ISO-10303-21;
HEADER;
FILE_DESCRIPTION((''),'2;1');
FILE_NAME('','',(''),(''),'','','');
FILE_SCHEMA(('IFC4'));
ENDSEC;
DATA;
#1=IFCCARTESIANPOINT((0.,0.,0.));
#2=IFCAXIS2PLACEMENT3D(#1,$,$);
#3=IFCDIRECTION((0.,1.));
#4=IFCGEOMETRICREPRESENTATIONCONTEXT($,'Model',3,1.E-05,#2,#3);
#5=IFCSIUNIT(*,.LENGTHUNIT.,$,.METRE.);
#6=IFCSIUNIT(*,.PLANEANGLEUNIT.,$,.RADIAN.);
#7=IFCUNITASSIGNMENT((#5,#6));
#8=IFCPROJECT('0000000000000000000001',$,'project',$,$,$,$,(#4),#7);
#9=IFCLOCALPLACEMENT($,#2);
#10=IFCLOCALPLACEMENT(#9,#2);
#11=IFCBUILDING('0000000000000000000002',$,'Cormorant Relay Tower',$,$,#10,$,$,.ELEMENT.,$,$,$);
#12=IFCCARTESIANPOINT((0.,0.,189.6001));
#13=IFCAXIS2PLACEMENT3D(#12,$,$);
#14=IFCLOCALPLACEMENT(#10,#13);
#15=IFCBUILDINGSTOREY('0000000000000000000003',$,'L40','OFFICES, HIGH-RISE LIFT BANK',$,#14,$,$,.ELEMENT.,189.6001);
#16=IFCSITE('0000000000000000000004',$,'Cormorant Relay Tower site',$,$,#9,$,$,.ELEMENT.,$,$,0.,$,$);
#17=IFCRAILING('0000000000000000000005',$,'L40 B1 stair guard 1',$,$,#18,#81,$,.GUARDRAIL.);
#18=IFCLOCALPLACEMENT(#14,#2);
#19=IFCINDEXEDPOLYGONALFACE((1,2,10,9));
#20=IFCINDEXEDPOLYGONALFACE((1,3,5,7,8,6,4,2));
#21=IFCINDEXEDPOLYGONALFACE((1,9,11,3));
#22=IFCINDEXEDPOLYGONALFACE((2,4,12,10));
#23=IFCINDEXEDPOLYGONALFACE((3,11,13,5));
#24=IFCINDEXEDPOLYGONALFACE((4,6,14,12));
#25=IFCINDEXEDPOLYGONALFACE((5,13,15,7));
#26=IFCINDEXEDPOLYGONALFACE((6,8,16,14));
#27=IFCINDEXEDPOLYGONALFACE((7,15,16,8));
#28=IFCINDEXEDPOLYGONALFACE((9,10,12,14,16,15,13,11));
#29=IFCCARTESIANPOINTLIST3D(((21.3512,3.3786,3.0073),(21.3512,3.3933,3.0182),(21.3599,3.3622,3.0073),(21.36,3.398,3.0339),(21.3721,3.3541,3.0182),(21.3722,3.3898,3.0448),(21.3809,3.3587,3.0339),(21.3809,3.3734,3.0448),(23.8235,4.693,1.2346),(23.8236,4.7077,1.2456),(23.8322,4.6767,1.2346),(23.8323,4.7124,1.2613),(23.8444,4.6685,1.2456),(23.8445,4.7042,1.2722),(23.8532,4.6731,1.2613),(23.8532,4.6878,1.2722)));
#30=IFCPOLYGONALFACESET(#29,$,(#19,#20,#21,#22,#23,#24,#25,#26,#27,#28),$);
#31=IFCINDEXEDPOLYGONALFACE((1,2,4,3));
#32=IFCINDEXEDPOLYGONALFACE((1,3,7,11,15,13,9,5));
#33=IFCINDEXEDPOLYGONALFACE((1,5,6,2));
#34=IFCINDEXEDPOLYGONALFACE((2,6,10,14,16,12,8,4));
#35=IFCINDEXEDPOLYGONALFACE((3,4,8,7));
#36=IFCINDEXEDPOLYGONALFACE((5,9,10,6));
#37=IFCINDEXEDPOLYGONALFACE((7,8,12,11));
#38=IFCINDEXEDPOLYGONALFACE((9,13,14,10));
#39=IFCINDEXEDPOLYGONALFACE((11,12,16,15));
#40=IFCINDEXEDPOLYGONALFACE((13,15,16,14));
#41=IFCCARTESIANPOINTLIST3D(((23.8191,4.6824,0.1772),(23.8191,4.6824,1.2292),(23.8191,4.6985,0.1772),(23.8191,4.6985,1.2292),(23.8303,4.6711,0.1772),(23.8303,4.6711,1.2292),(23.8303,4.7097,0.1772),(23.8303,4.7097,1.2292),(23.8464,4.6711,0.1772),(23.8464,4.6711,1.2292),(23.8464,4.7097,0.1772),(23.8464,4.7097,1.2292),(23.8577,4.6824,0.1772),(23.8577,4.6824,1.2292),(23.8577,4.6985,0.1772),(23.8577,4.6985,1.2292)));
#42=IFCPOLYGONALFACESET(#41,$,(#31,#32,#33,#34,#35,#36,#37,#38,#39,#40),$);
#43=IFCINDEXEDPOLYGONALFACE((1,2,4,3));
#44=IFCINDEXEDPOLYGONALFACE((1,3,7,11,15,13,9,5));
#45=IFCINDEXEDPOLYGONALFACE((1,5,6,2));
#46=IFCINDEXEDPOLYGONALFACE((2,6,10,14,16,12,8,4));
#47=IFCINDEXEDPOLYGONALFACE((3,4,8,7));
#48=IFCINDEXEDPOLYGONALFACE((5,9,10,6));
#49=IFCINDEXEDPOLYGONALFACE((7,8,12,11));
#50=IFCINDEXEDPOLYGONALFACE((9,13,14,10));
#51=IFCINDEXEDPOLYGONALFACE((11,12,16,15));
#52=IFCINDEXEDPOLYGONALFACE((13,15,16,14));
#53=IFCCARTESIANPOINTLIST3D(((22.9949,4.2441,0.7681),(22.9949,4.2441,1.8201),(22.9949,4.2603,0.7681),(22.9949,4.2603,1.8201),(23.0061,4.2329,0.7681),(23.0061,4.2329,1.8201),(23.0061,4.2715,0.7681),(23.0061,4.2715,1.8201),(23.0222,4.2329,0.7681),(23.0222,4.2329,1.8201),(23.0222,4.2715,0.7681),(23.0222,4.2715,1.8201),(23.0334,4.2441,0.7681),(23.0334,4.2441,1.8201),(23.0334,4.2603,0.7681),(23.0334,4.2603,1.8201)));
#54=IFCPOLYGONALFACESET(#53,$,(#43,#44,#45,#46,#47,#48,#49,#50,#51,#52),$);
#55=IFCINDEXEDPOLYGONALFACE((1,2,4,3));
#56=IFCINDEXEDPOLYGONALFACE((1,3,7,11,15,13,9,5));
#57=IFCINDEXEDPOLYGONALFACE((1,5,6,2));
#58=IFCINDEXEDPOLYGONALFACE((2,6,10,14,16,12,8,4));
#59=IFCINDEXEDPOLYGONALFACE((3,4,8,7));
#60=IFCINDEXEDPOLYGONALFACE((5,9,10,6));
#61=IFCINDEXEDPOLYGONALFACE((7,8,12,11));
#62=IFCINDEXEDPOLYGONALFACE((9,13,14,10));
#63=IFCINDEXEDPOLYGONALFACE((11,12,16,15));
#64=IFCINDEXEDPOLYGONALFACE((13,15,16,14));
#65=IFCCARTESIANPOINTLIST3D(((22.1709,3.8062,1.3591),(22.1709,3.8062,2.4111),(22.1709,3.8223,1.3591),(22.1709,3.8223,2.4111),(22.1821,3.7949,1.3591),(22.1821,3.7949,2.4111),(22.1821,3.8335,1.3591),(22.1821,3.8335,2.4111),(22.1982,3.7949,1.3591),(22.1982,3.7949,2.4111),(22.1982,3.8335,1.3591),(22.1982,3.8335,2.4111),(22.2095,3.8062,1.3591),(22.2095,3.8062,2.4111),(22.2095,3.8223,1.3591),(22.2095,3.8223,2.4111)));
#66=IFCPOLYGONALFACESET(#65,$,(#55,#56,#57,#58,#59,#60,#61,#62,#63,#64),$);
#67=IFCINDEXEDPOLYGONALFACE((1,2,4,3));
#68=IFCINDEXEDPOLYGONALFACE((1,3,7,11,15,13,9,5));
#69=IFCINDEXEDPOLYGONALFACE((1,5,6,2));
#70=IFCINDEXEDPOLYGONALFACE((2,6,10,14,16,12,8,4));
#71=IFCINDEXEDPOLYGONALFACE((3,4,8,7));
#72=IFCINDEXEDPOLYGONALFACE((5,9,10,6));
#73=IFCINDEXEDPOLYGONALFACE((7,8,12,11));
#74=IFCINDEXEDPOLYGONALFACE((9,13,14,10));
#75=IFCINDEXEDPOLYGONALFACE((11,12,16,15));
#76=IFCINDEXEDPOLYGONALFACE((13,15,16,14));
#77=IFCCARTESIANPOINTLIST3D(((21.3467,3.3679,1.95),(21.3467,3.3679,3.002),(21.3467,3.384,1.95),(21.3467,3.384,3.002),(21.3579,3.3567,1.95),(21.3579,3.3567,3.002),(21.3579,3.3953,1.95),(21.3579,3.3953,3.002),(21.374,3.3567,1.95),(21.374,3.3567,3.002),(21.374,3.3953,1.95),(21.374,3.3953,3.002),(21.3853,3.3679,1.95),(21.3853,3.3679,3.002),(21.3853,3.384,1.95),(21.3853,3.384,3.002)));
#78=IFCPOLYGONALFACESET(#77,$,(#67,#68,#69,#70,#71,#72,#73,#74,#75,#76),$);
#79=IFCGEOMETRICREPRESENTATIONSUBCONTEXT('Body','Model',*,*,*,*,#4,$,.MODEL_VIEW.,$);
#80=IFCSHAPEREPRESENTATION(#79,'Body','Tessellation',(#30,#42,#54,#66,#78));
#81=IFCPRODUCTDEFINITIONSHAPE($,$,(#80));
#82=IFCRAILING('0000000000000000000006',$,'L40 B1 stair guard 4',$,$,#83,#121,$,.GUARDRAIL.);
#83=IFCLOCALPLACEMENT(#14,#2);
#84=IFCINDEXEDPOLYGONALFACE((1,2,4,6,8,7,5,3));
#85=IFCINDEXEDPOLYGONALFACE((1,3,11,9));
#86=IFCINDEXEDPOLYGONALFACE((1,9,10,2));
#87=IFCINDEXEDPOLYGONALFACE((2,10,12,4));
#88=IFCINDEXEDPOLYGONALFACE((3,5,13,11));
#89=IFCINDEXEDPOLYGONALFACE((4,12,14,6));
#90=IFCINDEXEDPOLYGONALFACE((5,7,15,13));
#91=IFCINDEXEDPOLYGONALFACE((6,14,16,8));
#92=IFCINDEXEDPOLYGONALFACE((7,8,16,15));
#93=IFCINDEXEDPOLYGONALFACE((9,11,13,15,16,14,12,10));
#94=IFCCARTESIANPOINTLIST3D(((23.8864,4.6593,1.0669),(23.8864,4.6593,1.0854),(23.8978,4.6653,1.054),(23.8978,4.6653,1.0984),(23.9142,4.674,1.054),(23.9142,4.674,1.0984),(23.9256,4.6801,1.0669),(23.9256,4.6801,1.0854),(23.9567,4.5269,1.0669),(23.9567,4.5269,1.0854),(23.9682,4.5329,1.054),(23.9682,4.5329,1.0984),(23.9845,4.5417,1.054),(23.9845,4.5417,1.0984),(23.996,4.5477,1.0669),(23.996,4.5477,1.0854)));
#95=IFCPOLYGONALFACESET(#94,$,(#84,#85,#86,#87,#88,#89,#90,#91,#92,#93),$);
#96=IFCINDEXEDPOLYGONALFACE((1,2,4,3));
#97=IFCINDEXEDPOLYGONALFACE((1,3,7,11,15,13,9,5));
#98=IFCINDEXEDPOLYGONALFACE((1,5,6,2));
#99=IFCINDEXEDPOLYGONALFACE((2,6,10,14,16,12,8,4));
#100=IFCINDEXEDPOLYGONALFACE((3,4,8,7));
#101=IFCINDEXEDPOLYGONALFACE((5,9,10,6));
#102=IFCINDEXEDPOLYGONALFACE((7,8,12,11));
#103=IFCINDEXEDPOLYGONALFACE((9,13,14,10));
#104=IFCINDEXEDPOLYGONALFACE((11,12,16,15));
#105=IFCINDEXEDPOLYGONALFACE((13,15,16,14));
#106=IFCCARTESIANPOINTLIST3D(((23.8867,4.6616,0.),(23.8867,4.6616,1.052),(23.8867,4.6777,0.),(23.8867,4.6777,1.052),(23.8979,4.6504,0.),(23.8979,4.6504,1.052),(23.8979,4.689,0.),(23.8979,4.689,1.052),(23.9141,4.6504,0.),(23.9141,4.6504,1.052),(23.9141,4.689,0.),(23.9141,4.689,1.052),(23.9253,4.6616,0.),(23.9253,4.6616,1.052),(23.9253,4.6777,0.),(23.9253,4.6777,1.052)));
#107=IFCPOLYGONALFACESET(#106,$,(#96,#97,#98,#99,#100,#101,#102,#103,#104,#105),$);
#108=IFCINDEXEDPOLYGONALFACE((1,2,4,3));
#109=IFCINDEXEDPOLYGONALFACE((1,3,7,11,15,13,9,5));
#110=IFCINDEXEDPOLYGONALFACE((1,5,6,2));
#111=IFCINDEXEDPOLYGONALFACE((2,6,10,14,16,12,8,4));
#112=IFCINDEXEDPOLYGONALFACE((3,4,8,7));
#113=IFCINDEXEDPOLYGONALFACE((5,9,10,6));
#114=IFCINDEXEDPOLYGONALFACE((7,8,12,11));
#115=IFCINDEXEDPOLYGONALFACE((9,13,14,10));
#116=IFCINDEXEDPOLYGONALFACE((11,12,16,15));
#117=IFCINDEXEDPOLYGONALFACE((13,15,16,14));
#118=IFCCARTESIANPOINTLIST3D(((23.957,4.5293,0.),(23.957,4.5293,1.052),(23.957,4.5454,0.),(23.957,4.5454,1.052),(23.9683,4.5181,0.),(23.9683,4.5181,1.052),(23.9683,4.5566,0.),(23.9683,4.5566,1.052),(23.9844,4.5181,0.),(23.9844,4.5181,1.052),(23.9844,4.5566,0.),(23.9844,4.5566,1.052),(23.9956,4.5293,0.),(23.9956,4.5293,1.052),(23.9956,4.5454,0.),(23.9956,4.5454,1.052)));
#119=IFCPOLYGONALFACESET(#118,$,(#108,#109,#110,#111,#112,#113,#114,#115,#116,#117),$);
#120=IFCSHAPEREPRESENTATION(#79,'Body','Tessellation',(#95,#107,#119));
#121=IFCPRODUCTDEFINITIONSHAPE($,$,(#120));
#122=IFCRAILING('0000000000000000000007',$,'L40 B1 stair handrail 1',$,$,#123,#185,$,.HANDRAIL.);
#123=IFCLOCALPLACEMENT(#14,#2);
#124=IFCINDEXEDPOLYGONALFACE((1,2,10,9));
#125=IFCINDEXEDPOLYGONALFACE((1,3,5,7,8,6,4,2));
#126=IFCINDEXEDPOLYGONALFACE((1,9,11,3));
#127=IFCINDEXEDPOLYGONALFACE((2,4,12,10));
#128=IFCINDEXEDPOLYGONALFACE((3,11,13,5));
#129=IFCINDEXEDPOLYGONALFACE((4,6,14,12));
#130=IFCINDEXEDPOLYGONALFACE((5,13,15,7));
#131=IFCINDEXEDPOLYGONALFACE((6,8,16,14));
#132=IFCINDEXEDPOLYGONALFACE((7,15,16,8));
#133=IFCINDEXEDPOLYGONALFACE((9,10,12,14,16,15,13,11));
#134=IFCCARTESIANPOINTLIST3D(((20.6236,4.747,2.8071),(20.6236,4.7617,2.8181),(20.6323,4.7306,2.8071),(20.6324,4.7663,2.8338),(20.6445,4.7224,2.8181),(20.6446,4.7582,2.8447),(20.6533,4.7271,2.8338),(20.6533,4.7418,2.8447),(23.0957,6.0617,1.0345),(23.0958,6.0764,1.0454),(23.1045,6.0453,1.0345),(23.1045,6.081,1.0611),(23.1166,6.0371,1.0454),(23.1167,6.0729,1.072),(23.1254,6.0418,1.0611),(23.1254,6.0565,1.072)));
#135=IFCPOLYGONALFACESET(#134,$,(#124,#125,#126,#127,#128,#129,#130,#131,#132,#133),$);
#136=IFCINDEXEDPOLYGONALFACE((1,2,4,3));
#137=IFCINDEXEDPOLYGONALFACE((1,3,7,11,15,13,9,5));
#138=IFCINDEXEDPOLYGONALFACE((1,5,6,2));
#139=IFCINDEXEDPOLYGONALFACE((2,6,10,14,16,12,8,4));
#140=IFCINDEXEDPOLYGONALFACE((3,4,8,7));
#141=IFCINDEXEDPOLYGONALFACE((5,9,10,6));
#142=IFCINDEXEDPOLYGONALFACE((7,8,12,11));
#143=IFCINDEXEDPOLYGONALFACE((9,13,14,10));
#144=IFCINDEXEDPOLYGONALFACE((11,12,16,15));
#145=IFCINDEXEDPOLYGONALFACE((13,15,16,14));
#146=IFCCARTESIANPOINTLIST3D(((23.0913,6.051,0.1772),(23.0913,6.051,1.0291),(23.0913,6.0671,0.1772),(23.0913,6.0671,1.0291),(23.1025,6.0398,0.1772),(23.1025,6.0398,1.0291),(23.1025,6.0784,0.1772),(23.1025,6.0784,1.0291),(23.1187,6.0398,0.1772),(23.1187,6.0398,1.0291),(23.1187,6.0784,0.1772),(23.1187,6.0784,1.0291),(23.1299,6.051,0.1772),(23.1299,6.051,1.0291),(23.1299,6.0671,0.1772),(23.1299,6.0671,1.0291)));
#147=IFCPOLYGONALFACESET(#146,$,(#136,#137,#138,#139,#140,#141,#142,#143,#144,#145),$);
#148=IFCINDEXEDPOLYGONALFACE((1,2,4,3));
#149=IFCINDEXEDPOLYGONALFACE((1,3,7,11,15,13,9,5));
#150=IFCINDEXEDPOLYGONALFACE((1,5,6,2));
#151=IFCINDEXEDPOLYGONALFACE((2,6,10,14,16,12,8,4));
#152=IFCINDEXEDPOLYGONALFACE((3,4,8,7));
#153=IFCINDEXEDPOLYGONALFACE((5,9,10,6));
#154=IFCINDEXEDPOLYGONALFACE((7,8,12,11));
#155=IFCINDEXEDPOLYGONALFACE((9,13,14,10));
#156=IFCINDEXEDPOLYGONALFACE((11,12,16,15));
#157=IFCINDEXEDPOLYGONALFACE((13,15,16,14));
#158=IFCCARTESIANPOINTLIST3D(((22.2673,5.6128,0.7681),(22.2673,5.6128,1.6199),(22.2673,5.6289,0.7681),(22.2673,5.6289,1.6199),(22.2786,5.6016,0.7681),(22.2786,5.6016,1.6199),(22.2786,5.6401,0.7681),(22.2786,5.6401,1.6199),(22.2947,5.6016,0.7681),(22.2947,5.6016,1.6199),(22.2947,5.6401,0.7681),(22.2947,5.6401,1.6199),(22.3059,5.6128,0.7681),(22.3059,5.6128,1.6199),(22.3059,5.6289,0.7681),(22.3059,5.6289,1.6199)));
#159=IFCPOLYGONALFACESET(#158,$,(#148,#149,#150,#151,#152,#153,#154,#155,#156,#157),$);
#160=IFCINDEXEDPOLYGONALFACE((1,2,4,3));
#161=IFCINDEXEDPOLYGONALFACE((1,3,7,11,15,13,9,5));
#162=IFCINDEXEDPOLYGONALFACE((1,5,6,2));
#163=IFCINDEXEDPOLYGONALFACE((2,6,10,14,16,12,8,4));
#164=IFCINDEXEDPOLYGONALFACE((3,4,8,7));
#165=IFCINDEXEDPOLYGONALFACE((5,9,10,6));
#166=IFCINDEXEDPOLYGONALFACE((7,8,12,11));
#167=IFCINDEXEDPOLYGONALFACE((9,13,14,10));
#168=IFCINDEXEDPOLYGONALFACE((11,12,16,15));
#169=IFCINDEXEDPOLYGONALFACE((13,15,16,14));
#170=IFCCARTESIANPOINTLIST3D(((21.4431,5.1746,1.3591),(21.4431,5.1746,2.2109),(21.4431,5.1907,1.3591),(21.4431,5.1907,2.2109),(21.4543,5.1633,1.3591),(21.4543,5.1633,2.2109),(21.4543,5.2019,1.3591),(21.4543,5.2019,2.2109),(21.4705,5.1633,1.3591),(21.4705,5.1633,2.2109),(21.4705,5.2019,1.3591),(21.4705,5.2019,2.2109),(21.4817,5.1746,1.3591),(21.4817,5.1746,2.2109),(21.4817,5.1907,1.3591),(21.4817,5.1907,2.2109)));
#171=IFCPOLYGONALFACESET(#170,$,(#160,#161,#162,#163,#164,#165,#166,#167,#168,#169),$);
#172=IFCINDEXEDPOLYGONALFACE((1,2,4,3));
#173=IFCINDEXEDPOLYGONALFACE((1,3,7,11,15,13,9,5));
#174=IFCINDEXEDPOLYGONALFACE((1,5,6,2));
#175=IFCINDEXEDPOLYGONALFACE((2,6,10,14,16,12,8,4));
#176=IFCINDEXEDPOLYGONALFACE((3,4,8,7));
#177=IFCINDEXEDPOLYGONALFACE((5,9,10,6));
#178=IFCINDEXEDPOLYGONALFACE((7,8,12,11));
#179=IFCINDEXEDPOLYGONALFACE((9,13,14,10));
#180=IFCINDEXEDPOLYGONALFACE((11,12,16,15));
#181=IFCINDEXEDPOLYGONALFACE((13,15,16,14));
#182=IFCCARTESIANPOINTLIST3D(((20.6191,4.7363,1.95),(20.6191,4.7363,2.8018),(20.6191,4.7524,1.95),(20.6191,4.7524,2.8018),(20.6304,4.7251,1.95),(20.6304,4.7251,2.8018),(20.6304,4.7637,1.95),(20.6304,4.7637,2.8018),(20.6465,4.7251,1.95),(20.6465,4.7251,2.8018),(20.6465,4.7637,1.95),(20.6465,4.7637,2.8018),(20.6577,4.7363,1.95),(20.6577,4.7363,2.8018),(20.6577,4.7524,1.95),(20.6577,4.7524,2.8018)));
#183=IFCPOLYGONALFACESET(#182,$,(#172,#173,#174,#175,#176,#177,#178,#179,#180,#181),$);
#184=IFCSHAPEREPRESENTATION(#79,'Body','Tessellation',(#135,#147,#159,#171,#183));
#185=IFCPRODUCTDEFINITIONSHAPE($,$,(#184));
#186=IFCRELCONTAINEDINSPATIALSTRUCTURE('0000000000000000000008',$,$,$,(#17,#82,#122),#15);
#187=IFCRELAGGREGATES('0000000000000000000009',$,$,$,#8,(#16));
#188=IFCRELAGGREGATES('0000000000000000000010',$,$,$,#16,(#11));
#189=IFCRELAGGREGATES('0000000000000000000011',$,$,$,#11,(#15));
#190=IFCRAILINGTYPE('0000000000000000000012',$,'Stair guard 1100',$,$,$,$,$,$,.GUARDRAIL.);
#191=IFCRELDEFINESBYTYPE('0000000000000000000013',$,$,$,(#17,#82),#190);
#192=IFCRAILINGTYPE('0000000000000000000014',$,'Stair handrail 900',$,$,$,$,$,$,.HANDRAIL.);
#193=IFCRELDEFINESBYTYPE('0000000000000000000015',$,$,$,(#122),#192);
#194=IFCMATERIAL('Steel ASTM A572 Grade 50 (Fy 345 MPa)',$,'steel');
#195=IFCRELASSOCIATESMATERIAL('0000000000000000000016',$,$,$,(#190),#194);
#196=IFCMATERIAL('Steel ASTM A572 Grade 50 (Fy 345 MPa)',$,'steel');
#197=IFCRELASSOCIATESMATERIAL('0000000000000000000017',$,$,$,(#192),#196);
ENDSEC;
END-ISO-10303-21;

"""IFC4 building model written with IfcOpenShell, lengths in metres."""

from ifc_helpers import new_model, si_unit, direction, frame, origin, place, context, subcontext, project, spatial, polyline, outline, extrude, material, type_object, element, save


model = new_model("IFC4")

# Units and contexts
model_context = context("Model", 3, precision=1e-05, world=origin(), true_north=direction((0.0, 1.0)))
body_context = subcontext(model_context, "Body", "Model", "MODEL_VIEW")
ifc_project = project(units=[si_unit("LENGTHUNIT", "METRE"), si_unit("PLANEANGLEUNIT", "RADIAN")], contexts=[model_context])

# Site, building, storey
site_placement = place(None, origin())
site = spatial("IfcSite", under=ifc_project, at=site_placement, Name="Cormorant Relay Tower site", CompositionType="ELEMENT", RefElevation=0.0)
building_placement = place(site_placement, origin())
building = spatial("IfcBuilding", under=site, at=building_placement, Name="Cormorant Relay Tower", CompositionType="ELEMENT")
storey_placement = place(building_placement, frame((0.0, 0.0, 189.6001)))
storey = spatial("IfcBuildingStorey", under=building, at=storey_placement, Name="L40", Description="OFFICES, HIGH-RISE LIFT BANK", CompositionType="ELEMENT", Elevation=189.6001)

# Railings
ifc_material_1 = material(Name="Steel ASTM A572 Grade 50 (Fy 345 MPa)", Category="steel")
railing_type_1 = type_object("IfcRailingType", Name="Stair guard 1100", PredefinedType="GUARDRAIL", material=ifc_material_1)
railing_1_placement = place(storey_placement, frame((23.8384, 4.6904, 0.1772)))
element("IfcRailing", 1, at=railing_1_placement, inside=storey, type_object=railing_type_1, Name="L40 B1 stair guard 1", PredefinedType="GUARDRAIL", context=body_context, shape_type="SweptSolid", body=[
    extrude(outline(polyline([(0.0222, 0.0093), (0.0093, 0.0222), (-0.0093, 0.0222), (-0.0222, 0.0093), (-0.0222, -0.0093), (-0.0093, -0.0222), (0.0093, -0.0222), (0.0222, -0.0093), (0.0222, 0.0093)])), frame((0.0, 0.0, 1.0762), z_axis=(-0.746034, -0.396627, 0.534902), x_axis=(0.469429, -0.88297, 0.0)), (0.0, 0.0, 1.0), 3.314),
    extrude(outline(polyline([(0.0193, 0.0081), (0.0081, 0.0193), (-0.0081, 0.0193), (-0.0193, 0.0081), (-0.0193, -0.0081), (-0.0081, -0.0193), (0.0081, -0.0193), (0.0193, -0.0081), (0.0193, 0.0081)])), origin(), (0.0, 0.0, 1.0), 1.052),
    extrude(outline(polyline([(0.0193, 0.0081), (0.0081, 0.0193), (-0.0081, 0.0193), (-0.0193, 0.0081), (-0.0193, -0.0081), (-0.0081, -0.0193), (0.0081, -0.0193), (0.0193, -0.0081), (0.0193, 0.0081)])), frame((-0.8242, -0.4382, 0.5908)), (0.0, 0.0, 1.0), 1.052),
    extrude(outline(polyline([(0.0193, 0.0081), (0.0081, 0.0193), (-0.0081, 0.0193), (-0.0193, 0.0081), (-0.0193, -0.0081), (-0.0081, -0.0193), (0.0081, -0.0193), (0.0193, -0.0081), (0.0193, 0.0081)])), frame((-1.6482, -0.8762, 1.1819)), (0.0, 0.0, 1.0), 1.052),
    extrude(outline(polyline([(0.0193, 0.0081), (0.0081, 0.0193), (-0.0081, 0.0193), (-0.0193, 0.0081), (-0.0193, -0.0081), (-0.0081, -0.0193), (0.0081, -0.0193), (0.0193, -0.0081), (0.0193, 0.0081)])), frame((-2.4724, -1.3145, 1.7727)), (0.0, 0.0, 1.0), 1.052),
])
railing_2_placement = place(storey_placement, frame((23.906, 4.6697, 0.0)))
element("IfcRailing", 2, at=railing_2_placement, inside=storey, type_object=railing_type_1, Name="L40 B1 stair guard 4", PredefinedType="GUARDRAIL", context=body_context, shape_type="SweptSolid", body=[
    extrude(outline(polyline([(0.0222, 0.0093), (0.0093, 0.0222), (-0.0093, 0.0222), (-0.0222, 0.0093), (-0.0222, -0.0093), (-0.0093, -0.0222), (0.0093, -0.0222), (0.0222, -0.0093), (0.0222, 0.0093)])), frame((0.0, 0.0, 1.0762), z_axis=(0.469235, -0.883074, 0.0), x_axis=(0.883074, 0.469235, 0.0)), (0.0, 0.0, 1.0), 0.1499),
    extrude(outline(polyline([(0.0193, 0.0081), (0.0081, 0.0193), (-0.0081, 0.0193), (-0.0193, 0.0081), (-0.0193, -0.0081), (-0.0081, -0.0193), (0.0081, -0.0193), (0.0193, -0.0081), (0.0193, 0.0081)])), origin(), (0.0, 0.0, 1.0), 1.052),
    extrude(outline(polyline([(0.0193, 0.0081), (0.0081, 0.0193), (-0.0081, 0.0193), (-0.0193, 0.0081), (-0.0193, -0.0081), (-0.0081, -0.0193), (0.0081, -0.0193), (0.0193, -0.0081), (0.0193, 0.0081)])), frame((0.0703, -0.1323, 0.0)), (0.0, 0.0, 1.0), 1.052),
])
ifc_material_2 = material(Name="Steel ASTM A572 Grade 50 (Fy 345 MPa)", Category="steel")
railing_type_2 = type_object("IfcRailingType", Name="Stair handrail 900", PredefinedType="HANDRAIL", material=ifc_material_2)
railing_3_placement = place(storey_placement, frame((23.1106, 6.0591, 0.1772)))
element("IfcRailing", 3, at=railing_3_placement, inside=storey, type_object=railing_type_2, Name="L40 B1 stair handrail 1", PredefinedType="HANDRAIL", context=body_context, shape_type="SweptSolid", body=[
    extrude(outline(polyline([(0.0222, 0.0093), (0.0093, 0.0222), (-0.0093, 0.0222), (-0.0222, 0.0093), (-0.0222, -0.0093), (-0.0093, -0.0222), (0.0093, -0.0222), (0.0222, -0.0093), (0.0222, 0.0093)])), frame((0.0, 0.0, 0.876), z_axis=(-0.745979, -0.396711, 0.534916), x_axis=(0.469533, -0.882915, 0.0)), (0.0, 0.0, 1.0), 3.314),
    extrude(outline(polyline([(0.0193, 0.0081), (0.0081, 0.0193), (-0.0081, 0.0193), (-0.0193, 0.0081), (-0.0193, -0.0081), (-0.0081, -0.0193), (0.0081, -0.0193), (0.0193, -0.0081), (0.0193, 0.0081)])), origin(), (0.0, 0.0, 1.0), 0.8518),
    extrude(outline(polyline([(0.0193, 0.0081), (0.0081, 0.0193), (-0.0081, 0.0193), (-0.0193, 0.0081), (-0.0193, -0.0081), (-0.0081, -0.0193), (0.0081, -0.0193), (0.0193, -0.0081), (0.0193, 0.0081)])), frame((-0.824, -0.4382, 0.5908)), (0.0, 0.0, 1.0), 0.8518),
    extrude(outline(polyline([(0.0193, 0.0081), (0.0081, 0.0193), (-0.0081, 0.0193), (-0.0193, 0.0081), (-0.0193, -0.0081), (-0.0081, -0.0193), (0.0081, -0.0193), (0.0193, -0.0081), (0.0193, 0.0081)])), frame((-1.6482, -0.8765, 1.1819)), (0.0, 0.0, 1.0), 0.8518),
    extrude(outline(polyline([(0.0193, 0.0081), (0.0081, 0.0193), (-0.0081, 0.0193), (-0.0193, 0.0081), (-0.0193, -0.0081), (-0.0081, -0.0193), (0.0081, -0.0193), (0.0193, -0.0081), (0.0193, 0.0081)])), frame((-2.4722, -1.3147, 1.7727)), (0.0, 0.0, 1.0), 0.8518),
])

save(model, "model.ifc")
